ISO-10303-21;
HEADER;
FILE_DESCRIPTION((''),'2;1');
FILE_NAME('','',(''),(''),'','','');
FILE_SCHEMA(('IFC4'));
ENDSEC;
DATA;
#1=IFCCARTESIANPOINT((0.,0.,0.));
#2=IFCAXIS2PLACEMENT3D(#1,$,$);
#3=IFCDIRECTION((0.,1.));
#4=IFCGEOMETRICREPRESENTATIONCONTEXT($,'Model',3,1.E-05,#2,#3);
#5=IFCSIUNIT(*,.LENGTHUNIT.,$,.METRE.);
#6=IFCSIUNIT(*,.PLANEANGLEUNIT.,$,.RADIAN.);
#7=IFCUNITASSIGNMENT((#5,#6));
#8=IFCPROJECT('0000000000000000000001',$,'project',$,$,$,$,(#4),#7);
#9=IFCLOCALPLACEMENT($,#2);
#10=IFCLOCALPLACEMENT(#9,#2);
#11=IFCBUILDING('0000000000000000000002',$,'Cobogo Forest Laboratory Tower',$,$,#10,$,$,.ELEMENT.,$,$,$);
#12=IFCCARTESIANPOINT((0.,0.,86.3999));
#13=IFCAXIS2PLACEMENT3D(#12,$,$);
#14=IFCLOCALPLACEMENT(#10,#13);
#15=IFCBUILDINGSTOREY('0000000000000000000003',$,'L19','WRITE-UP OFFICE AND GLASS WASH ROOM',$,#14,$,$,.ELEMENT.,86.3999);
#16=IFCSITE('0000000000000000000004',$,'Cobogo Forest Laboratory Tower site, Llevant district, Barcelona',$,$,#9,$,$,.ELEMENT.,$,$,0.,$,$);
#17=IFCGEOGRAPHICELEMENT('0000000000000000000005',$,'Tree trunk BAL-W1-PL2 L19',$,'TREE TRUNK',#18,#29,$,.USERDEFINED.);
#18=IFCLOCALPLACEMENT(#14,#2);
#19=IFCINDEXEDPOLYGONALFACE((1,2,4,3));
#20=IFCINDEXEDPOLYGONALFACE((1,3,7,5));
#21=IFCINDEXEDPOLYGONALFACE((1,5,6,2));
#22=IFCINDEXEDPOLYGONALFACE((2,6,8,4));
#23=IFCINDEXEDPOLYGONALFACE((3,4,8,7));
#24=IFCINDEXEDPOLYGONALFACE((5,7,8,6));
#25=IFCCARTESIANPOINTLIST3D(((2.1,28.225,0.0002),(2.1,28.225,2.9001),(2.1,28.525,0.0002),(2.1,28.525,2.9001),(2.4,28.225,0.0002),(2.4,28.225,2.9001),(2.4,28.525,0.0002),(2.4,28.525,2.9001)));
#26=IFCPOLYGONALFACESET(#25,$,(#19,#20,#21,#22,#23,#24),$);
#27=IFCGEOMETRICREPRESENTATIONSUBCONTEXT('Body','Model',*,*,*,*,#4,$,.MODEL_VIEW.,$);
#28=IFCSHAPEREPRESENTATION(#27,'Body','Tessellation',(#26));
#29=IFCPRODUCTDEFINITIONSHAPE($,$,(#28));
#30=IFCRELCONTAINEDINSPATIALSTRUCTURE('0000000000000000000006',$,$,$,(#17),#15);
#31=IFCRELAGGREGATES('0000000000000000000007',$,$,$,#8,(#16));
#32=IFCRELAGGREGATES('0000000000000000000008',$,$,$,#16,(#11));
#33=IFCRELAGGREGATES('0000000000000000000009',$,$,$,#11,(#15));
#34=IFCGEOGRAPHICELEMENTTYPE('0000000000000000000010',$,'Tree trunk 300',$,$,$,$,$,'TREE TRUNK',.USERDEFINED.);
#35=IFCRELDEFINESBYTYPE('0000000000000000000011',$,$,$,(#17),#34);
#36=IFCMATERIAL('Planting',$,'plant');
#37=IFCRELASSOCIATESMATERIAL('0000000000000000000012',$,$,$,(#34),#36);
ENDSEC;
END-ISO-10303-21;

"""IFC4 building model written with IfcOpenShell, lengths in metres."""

from ifc_helpers import new_model, si_unit, direction, frame, origin, origin_2d, place, context, subcontext, project, spatial, rectangle, extrude, material, type_object, element, save


model = new_model("IFC4")

# Units and contexts
model_context = context("Model", 3, precision=1e-05, world=origin(), true_north=direction((0.0, 1.0)))
body_context = subcontext(model_context, "Body", "Model", "MODEL_VIEW")
ifc_project = project(units=[si_unit("LENGTHUNIT", "METRE"), si_unit("PLANEANGLEUNIT", "RADIAN")], contexts=[model_context])

# Site, building, storey
site_placement = place(None, origin())
site = spatial("IfcSite", under=ifc_project, at=site_placement, Name="Cobogo Forest Laboratory Tower site, Llevant district, Barcelona", CompositionType="ELEMENT", RefElevation=0.0)
building_placement = place(site_placement, origin())
building = spatial("IfcBuilding", under=site, at=building_placement, Name="Cobogo Forest Laboratory Tower", CompositionType="ELEMENT")
storey_placement = place(building_placement, frame((0.0, 0.0, 86.3999)))
storey = spatial("IfcBuildingStorey", under=building, at=storey_placement, Name="L19", Description="WRITE-UP OFFICE AND GLASS WASH ROOM", CompositionType="ELEMENT", Elevation=86.3999)

# Geographic element
ifc_material_1 = material(Name="Planting", Category="plant")
geographic_element_type = type_object("IfcGeographicElementType", Name="Tree trunk 300", ElementType="TREE TRUNK", PredefinedType="USERDEFINED", material=ifc_material_1)
geographic_element_placement = place(storey_placement, frame((2.25, 28.375, 0.0002), z_axis=(0.0, 0.0, 1.0), x_axis=(1.0, 0.0, 0.0)))
element("IfcGeographicElement", 1, at=geographic_element_placement, inside=storey, type_object=geographic_element_type, Name="Tree trunk BAL-W1-PL2 L19", ObjectType="TREE TRUNK", PredefinedType="USERDEFINED", context=body_context, shape_type="SweptSolid", body=[
    extrude(rectangle(XDim=0.3, YDim=0.3, at=origin_2d()), origin(), (0.0, 0.0, 1.0), 2.8999),
])

save(model, "model.ifc")
